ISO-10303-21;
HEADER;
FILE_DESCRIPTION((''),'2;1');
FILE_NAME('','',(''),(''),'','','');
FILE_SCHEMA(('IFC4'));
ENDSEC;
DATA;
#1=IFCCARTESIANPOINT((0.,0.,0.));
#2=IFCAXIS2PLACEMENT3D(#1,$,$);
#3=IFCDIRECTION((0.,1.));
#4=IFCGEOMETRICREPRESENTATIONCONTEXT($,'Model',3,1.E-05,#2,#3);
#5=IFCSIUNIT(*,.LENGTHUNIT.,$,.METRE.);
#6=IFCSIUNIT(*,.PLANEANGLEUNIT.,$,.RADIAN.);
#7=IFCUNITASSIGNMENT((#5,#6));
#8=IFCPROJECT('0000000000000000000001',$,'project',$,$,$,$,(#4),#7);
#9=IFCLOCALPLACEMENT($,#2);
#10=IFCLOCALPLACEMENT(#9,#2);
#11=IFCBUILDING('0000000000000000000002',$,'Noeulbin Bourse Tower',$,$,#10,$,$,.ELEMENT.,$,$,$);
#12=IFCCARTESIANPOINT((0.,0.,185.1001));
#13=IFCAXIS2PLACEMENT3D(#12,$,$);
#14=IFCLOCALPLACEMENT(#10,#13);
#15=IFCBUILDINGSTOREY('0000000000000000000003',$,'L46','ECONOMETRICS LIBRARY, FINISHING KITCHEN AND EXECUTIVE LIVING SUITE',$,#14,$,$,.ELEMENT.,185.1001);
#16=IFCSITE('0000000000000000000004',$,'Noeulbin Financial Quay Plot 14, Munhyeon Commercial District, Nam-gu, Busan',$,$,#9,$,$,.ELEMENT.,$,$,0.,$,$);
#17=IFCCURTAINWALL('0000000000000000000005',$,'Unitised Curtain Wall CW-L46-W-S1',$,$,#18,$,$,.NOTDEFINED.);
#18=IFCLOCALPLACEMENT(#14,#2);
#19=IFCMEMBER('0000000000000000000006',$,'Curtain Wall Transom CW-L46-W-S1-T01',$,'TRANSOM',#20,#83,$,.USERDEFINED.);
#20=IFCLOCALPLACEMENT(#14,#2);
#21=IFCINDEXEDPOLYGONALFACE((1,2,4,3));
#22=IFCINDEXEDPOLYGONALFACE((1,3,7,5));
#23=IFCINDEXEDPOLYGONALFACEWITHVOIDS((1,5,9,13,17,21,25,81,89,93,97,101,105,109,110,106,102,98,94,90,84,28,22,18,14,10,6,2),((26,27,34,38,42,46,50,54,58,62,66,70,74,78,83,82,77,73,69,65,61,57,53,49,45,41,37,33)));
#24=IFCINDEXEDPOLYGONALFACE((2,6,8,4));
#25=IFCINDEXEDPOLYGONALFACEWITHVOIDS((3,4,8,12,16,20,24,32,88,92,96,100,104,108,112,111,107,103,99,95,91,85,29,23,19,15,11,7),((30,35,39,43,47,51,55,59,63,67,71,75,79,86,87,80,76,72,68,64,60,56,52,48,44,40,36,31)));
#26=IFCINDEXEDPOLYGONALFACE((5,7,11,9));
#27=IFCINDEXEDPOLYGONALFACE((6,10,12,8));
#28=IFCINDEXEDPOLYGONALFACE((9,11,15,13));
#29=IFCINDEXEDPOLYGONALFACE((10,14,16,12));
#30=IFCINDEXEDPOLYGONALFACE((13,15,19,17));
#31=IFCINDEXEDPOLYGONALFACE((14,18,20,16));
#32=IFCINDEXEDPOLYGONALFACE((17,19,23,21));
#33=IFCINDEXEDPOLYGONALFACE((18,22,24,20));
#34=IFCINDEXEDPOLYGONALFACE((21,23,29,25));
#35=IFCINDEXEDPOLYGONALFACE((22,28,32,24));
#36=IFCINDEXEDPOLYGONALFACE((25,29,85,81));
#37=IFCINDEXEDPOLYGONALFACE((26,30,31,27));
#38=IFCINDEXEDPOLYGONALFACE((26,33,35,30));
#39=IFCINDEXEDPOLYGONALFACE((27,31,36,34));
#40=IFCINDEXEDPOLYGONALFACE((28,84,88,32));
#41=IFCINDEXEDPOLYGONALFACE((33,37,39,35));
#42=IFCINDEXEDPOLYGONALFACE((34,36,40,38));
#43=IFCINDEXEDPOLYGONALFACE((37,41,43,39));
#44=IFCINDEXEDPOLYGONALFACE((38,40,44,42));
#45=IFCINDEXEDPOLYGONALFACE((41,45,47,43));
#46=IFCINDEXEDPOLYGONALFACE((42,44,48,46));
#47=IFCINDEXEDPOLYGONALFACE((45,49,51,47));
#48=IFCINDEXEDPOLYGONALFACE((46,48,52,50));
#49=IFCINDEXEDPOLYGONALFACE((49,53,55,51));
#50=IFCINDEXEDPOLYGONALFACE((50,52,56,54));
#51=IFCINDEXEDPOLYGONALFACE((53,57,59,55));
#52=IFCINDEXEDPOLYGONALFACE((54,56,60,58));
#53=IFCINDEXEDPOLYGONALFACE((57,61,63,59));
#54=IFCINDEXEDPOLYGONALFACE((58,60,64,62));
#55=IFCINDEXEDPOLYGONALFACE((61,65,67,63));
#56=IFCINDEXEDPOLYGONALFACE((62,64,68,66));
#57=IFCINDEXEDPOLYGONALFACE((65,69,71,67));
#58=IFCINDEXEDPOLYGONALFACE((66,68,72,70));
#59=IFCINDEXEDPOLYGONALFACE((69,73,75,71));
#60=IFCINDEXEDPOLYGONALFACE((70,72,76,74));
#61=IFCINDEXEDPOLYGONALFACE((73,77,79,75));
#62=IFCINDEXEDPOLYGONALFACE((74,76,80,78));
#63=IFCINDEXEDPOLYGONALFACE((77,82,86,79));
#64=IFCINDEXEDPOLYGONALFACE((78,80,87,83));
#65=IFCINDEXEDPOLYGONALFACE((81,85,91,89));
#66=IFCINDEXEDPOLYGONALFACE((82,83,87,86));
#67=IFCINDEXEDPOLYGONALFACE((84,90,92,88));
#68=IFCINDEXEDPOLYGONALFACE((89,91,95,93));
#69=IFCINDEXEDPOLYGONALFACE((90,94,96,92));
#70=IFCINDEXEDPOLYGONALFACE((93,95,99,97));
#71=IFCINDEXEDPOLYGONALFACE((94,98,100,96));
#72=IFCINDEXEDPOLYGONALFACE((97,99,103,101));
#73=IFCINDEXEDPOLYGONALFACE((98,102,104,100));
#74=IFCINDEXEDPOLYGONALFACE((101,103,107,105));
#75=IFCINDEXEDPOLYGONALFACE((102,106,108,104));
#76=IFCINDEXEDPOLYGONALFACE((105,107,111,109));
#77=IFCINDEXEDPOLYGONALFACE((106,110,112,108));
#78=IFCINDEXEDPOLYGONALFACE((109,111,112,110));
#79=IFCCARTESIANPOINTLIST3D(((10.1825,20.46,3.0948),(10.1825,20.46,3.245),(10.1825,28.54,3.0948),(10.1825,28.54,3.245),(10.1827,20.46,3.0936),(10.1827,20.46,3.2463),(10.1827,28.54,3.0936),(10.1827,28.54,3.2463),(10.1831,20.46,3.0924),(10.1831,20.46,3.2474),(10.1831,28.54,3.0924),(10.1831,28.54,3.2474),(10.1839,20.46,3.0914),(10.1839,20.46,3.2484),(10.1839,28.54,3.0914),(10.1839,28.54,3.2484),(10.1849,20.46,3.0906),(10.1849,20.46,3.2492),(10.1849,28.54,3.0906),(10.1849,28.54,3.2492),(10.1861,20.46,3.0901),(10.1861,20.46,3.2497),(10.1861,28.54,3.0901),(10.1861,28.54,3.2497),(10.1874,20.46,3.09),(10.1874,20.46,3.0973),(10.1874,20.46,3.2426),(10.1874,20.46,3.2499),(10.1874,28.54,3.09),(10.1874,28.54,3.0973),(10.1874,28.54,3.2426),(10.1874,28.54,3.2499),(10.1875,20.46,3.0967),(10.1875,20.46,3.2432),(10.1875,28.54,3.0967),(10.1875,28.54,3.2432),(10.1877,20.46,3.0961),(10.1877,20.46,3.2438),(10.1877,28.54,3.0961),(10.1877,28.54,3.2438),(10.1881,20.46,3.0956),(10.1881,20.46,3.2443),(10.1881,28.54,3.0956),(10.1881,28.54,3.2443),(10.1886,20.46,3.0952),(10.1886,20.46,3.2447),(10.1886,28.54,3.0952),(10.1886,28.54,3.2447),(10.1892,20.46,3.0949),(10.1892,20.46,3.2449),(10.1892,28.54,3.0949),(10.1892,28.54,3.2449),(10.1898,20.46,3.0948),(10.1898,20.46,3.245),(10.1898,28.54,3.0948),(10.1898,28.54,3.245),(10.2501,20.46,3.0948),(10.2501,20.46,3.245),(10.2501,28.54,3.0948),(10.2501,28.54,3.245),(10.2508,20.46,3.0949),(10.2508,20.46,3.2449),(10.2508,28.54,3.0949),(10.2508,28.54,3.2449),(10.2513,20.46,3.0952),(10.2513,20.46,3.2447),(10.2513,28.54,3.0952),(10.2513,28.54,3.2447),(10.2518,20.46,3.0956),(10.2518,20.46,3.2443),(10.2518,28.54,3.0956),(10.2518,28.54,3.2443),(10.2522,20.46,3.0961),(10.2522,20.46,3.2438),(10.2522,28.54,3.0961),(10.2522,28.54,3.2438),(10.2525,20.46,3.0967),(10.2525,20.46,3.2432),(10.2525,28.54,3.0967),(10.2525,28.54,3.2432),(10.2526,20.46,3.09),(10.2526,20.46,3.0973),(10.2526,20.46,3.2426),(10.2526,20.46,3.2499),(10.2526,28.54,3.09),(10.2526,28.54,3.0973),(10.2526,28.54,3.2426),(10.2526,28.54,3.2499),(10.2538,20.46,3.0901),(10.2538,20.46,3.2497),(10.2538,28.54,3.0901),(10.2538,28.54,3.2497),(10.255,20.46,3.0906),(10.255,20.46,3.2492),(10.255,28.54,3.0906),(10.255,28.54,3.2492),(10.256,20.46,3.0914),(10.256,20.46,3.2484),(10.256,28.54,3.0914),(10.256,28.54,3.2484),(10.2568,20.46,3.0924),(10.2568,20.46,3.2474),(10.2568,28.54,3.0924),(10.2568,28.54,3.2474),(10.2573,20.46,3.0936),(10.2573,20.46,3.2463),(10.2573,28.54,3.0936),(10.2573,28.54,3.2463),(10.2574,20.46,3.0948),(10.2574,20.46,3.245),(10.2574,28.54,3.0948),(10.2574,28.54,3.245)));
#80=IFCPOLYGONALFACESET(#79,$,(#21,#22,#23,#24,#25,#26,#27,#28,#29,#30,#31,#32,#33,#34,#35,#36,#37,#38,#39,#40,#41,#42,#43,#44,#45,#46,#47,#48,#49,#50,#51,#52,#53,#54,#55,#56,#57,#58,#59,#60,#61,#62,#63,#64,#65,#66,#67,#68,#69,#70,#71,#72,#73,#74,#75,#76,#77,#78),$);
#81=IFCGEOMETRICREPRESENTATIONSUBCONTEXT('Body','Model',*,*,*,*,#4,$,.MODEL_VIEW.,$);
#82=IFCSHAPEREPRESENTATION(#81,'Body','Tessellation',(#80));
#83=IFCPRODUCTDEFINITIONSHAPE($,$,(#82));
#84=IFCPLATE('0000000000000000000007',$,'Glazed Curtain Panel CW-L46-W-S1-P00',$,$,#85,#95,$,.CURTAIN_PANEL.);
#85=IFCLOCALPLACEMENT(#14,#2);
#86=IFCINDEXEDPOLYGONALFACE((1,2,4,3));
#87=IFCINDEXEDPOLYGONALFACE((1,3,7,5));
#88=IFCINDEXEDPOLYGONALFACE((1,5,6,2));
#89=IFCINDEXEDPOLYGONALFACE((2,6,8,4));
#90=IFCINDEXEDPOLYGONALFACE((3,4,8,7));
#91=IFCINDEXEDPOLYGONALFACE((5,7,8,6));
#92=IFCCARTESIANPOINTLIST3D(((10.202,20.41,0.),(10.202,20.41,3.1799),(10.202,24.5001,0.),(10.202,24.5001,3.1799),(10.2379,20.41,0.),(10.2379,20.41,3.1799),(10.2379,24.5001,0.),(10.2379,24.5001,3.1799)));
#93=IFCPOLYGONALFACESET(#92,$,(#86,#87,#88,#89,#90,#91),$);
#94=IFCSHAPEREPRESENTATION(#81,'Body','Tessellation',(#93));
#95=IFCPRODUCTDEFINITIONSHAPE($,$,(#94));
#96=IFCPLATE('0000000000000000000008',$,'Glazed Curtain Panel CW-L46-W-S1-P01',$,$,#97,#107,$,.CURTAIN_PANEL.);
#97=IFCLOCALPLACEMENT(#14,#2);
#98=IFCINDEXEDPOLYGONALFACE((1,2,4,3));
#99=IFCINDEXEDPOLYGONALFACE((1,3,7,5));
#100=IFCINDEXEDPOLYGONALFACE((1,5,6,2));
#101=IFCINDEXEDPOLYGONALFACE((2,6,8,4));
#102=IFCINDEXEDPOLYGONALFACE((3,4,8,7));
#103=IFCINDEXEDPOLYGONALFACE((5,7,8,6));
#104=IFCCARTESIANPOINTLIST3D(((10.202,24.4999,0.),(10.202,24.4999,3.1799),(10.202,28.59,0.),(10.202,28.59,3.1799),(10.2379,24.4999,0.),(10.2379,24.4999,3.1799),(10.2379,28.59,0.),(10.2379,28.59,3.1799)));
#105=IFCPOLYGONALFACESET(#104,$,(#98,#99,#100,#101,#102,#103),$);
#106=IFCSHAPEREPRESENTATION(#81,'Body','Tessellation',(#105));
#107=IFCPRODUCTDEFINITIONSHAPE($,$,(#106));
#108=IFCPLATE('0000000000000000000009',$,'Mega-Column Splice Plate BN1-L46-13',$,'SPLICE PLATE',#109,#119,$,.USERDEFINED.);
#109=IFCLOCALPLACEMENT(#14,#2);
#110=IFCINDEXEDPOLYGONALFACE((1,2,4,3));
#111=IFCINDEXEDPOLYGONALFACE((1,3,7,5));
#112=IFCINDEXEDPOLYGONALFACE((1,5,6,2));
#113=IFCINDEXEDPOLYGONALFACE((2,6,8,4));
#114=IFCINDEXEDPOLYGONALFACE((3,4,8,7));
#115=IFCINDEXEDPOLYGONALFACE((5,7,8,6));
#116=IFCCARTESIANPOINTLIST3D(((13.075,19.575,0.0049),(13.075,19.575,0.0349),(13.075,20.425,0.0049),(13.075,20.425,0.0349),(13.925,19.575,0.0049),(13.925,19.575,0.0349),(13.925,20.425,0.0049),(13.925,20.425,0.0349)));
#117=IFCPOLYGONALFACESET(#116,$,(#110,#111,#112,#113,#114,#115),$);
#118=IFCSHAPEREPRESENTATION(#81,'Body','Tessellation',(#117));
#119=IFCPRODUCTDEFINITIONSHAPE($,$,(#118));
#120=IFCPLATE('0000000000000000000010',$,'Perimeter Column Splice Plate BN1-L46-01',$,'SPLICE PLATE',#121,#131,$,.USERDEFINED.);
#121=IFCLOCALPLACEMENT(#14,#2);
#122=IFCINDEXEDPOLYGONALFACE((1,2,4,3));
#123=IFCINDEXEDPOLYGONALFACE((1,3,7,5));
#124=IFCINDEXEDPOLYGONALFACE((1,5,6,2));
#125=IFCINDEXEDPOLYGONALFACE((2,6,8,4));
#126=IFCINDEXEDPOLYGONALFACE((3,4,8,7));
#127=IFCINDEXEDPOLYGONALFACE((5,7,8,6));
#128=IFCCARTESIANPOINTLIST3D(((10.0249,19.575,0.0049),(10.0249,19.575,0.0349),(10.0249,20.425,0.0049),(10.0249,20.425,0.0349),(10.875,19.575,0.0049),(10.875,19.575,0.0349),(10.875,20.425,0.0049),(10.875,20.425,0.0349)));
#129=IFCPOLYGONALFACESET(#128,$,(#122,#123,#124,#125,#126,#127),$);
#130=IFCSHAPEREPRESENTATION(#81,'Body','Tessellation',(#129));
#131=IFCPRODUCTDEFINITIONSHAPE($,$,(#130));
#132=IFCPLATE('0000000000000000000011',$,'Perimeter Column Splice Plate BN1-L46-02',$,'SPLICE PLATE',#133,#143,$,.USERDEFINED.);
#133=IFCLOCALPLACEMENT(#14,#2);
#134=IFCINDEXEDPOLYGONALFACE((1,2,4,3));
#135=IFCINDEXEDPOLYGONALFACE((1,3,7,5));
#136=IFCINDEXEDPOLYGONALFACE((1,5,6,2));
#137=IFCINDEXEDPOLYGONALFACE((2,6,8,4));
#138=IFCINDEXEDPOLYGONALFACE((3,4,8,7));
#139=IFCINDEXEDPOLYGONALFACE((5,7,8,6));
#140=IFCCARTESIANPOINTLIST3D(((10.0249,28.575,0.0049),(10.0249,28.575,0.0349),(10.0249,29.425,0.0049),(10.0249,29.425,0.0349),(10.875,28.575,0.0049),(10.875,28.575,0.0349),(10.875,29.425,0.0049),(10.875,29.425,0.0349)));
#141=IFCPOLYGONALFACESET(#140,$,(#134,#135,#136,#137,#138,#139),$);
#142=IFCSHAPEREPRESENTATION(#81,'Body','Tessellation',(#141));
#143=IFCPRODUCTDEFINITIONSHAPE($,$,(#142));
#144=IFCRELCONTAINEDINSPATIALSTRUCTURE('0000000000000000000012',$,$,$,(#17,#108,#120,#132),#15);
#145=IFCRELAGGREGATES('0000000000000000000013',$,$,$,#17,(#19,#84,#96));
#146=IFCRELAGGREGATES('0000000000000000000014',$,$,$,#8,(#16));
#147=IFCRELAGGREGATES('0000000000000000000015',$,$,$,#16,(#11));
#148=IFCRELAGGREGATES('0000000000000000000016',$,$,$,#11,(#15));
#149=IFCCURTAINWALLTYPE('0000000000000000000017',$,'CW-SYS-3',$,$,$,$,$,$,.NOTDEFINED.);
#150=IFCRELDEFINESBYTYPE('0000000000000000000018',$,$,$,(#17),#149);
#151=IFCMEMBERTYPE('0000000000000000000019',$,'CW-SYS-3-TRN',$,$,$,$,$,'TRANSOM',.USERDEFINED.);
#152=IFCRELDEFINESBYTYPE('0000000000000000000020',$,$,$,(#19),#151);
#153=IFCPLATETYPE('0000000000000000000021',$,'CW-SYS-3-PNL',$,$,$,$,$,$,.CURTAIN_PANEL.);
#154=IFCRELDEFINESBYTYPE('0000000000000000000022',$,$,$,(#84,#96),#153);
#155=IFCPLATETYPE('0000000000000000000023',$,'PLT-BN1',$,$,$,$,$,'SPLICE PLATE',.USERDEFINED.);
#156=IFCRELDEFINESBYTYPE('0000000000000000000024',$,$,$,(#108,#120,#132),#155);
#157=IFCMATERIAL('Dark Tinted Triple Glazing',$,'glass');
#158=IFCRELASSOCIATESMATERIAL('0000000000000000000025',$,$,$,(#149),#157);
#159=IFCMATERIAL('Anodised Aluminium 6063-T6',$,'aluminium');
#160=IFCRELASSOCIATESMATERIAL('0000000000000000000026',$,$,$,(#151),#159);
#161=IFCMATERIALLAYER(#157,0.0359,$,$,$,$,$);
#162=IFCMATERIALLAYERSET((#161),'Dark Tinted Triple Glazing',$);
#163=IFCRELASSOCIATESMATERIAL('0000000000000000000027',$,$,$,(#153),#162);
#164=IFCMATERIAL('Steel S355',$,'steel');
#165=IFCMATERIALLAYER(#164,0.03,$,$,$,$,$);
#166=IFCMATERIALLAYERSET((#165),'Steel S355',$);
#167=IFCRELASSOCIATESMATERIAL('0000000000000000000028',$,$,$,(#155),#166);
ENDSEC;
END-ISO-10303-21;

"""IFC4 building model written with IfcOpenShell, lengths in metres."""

from ifc_helpers import new_model, si_unit, direction, frame, origin, origin_2d, place, context, subcontext, project, spatial, rectangle, hollow_rectangle, extrude, material, layer, layer_set, material_profile, profile_set, type_object, element, aggregate, save


model = new_model("IFC4")

# Units and contexts
model_context = context("Model", 3, precision=1e-05, world=origin(), true_north=direction((0.0, 1.0)))
body_context = subcontext(model_context, "Body", "Model", "MODEL_VIEW")
ifc_project = project(units=[si_unit("LENGTHUNIT", "METRE"), si_unit("PLANEANGLEUNIT", "RADIAN")], contexts=[model_context])

# Site, building, storey
site_placement = place(None, origin())
site = spatial("IfcSite", under=ifc_project, at=site_placement, Name="Noeulbin Financial Quay Plot 14, Munhyeon Commercial District, Nam-gu, Busan", CompositionType="ELEMENT", RefElevation=0.0)
building_placement = place(site_placement, origin())
building = spatial("IfcBuilding", under=site, at=building_placement, Name="Noeulbin Bourse Tower", CompositionType="ELEMENT")
storey_placement = place(building_placement, frame((0.0, 0.0, 185.1001)))
storey = spatial("IfcBuildingStorey", under=building, at=storey_placement, Name="L46", Description="ECONOMETRICS LIBRARY, FINISHING KITCHEN AND EXECUTIVE LIVING SUITE", CompositionType="ELEMENT", Elevation=185.1001)

# Shared definitions
ifc_material_1 = material(Name="Steel S355", Category="steel")

# Curtain wall, member, plates
ifc_material_2 = material(Name="Dark Tinted Triple Glazing", Category="glass")
curtain_wall_type = type_object("IfcCurtainWallType", Name="CW-SYS-3", PredefinedType="NOTDEFINED", material=ifc_material_2)
curtain_wall_placement = place(storey_placement, origin())
curtain_wall = element("IfcCurtainWall", 1, at=curtain_wall_placement, inside=storey, type_object=curtain_wall_type, Name="Unitised Curtain Wall CW-L46-W-S1", PredefinedType="NOTDEFINED")
ifc_material_3 = material(Name="Anodised Aluminium 6063-T6", Category="aluminium")
ifc_material_profile_1 = material_profile(ifc_material_3, hollow_rectangle(XDim=0.075, YDim=0.1599, WallThickness=0.0049, InnerFilletRadius=0.0024, OuterFilletRadius=0.0049, at=origin_2d()), Name="ALU-TRAN-75x160x5", Category="LoadBearing")
ifc_profile_set_1 = profile_set([ifc_material_profile_1], Name="Anodised Aluminium 6063-T6")
member_type_1 = type_object("IfcMemberType", Name="CW-SYS-3-TRN", ElementType="TRANSOM", PredefinedType="USERDEFINED", material=ifc_profile_set_1)
member_1_placement = place(storey_placement, frame((10.22, 20.46, 3.1699), z_axis=(0.0, 1.0, 0.0), x_axis=(-1.0, 0.0, 0.0)))
member_1 = element("IfcMember", 2, at=member_1_placement, type_object=member_type_1, Name="Curtain Wall Transom CW-L46-W-S1-T01", ObjectType="TRANSOM", PredefinedType="USERDEFINED", context=body_context, shape_type="SweptSolid", body=[
    extrude(hollow_rectangle(XDim=0.075, YDim=0.1599, WallThickness=0.0049, InnerFilletRadius=0.0024, OuterFilletRadius=0.0049, at=origin_2d()), origin(), (0.0, 0.0, 1.0), 8.0801),
])
ifc_layer_1 = layer(ifc_material_2, 0.0359)
ifc_layer_set_1 = layer_set([ifc_layer_1], Name="Dark Tinted Triple Glazing")
plate_type_1 = type_object("IfcPlateType", Name="CW-SYS-3-PNL", PredefinedType="CURTAIN_PANEL", material=ifc_layer_set_1)
plate_1_placement = place(storey_placement, frame((10.22, 22.4551, 0.0), z_axis=(0.0, 0.0, 1.0), x_axis=(0.0, 1.0, 0.0)))
plate_1 = element("IfcPlate", 3, at=plate_1_placement, type_object=plate_type_1, Name="Glazed Curtain Panel CW-L46-W-S1-P00", PredefinedType="CURTAIN_PANEL", context=body_context, shape_type="SweptSolid", body=[
    extrude(rectangle(XDim=4.0901, YDim=0.0359, at=origin_2d()), origin(), (0.0, 0.0, 1.0), 3.1799),
])
plate_2_placement = place(storey_placement, frame((10.22, 26.5449, 0.0), z_axis=(0.0, 0.0, 1.0), x_axis=(0.0, 1.0, 0.0)))
plate_2 = element("IfcPlate", 4, at=plate_2_placement, type_object=plate_type_1, Name="Glazed Curtain Panel CW-L46-W-S1-P01", PredefinedType="CURTAIN_PANEL", context=body_context, shape_type="SweptSolid", body=[
    extrude(rectangle(XDim=4.0901, YDim=0.0359, at=origin_2d()), origin(), (0.0, 0.0, 1.0), 3.1799),
])
aggregate(curtain_wall, [member_1, plate_1, plate_2])

# Plates
ifc_layer_2 = layer(ifc_material_1, 0.03)
ifc_layer_set_2 = layer_set([ifc_layer_2], Name="Steel S355")
plate_type_2 = type_object("IfcPlateType", Name="PLT-BN1", ElementType="SPLICE PLATE", PredefinedType="USERDEFINED", material=ifc_layer_set_2)
for number, where, z_axis, x_axis, name in (
    (5, (13.5, 20.0, 0.0049), (0.0, 0.0, 1.0), (1.0, 0.0, 0.0), "Mega-Column Splice Plate BN1-L46-13"),
    (6, (10.45, 20.0, 0.0049), (0.0, 0.0, 1.0), (1.0, 0.0, 0.0), "Perimeter Column Splice Plate BN1-L46-01"),
    (7, (10.45, 29.0, 0.0049), (0.0, 0.0, 1.0), (1.0, 0.0, 0.0), "Perimeter Column Splice Plate BN1-L46-02"),
):
    element("IfcPlate", number, at=place(storey_placement, frame(where, z_axis=z_axis, x_axis=x_axis)), inside=storey, type_object=plate_type_2, Name=name, ObjectType="SPLICE PLATE", PredefinedType="USERDEFINED", context=body_context, shape_type="SweptSolid", body=[
        extrude(rectangle(XDim=0.8501, YDim=0.8501, at=origin_2d()), origin(), (0.0, 0.0, 1.0), 0.03),
    ])

save(model, "model.ifc")
